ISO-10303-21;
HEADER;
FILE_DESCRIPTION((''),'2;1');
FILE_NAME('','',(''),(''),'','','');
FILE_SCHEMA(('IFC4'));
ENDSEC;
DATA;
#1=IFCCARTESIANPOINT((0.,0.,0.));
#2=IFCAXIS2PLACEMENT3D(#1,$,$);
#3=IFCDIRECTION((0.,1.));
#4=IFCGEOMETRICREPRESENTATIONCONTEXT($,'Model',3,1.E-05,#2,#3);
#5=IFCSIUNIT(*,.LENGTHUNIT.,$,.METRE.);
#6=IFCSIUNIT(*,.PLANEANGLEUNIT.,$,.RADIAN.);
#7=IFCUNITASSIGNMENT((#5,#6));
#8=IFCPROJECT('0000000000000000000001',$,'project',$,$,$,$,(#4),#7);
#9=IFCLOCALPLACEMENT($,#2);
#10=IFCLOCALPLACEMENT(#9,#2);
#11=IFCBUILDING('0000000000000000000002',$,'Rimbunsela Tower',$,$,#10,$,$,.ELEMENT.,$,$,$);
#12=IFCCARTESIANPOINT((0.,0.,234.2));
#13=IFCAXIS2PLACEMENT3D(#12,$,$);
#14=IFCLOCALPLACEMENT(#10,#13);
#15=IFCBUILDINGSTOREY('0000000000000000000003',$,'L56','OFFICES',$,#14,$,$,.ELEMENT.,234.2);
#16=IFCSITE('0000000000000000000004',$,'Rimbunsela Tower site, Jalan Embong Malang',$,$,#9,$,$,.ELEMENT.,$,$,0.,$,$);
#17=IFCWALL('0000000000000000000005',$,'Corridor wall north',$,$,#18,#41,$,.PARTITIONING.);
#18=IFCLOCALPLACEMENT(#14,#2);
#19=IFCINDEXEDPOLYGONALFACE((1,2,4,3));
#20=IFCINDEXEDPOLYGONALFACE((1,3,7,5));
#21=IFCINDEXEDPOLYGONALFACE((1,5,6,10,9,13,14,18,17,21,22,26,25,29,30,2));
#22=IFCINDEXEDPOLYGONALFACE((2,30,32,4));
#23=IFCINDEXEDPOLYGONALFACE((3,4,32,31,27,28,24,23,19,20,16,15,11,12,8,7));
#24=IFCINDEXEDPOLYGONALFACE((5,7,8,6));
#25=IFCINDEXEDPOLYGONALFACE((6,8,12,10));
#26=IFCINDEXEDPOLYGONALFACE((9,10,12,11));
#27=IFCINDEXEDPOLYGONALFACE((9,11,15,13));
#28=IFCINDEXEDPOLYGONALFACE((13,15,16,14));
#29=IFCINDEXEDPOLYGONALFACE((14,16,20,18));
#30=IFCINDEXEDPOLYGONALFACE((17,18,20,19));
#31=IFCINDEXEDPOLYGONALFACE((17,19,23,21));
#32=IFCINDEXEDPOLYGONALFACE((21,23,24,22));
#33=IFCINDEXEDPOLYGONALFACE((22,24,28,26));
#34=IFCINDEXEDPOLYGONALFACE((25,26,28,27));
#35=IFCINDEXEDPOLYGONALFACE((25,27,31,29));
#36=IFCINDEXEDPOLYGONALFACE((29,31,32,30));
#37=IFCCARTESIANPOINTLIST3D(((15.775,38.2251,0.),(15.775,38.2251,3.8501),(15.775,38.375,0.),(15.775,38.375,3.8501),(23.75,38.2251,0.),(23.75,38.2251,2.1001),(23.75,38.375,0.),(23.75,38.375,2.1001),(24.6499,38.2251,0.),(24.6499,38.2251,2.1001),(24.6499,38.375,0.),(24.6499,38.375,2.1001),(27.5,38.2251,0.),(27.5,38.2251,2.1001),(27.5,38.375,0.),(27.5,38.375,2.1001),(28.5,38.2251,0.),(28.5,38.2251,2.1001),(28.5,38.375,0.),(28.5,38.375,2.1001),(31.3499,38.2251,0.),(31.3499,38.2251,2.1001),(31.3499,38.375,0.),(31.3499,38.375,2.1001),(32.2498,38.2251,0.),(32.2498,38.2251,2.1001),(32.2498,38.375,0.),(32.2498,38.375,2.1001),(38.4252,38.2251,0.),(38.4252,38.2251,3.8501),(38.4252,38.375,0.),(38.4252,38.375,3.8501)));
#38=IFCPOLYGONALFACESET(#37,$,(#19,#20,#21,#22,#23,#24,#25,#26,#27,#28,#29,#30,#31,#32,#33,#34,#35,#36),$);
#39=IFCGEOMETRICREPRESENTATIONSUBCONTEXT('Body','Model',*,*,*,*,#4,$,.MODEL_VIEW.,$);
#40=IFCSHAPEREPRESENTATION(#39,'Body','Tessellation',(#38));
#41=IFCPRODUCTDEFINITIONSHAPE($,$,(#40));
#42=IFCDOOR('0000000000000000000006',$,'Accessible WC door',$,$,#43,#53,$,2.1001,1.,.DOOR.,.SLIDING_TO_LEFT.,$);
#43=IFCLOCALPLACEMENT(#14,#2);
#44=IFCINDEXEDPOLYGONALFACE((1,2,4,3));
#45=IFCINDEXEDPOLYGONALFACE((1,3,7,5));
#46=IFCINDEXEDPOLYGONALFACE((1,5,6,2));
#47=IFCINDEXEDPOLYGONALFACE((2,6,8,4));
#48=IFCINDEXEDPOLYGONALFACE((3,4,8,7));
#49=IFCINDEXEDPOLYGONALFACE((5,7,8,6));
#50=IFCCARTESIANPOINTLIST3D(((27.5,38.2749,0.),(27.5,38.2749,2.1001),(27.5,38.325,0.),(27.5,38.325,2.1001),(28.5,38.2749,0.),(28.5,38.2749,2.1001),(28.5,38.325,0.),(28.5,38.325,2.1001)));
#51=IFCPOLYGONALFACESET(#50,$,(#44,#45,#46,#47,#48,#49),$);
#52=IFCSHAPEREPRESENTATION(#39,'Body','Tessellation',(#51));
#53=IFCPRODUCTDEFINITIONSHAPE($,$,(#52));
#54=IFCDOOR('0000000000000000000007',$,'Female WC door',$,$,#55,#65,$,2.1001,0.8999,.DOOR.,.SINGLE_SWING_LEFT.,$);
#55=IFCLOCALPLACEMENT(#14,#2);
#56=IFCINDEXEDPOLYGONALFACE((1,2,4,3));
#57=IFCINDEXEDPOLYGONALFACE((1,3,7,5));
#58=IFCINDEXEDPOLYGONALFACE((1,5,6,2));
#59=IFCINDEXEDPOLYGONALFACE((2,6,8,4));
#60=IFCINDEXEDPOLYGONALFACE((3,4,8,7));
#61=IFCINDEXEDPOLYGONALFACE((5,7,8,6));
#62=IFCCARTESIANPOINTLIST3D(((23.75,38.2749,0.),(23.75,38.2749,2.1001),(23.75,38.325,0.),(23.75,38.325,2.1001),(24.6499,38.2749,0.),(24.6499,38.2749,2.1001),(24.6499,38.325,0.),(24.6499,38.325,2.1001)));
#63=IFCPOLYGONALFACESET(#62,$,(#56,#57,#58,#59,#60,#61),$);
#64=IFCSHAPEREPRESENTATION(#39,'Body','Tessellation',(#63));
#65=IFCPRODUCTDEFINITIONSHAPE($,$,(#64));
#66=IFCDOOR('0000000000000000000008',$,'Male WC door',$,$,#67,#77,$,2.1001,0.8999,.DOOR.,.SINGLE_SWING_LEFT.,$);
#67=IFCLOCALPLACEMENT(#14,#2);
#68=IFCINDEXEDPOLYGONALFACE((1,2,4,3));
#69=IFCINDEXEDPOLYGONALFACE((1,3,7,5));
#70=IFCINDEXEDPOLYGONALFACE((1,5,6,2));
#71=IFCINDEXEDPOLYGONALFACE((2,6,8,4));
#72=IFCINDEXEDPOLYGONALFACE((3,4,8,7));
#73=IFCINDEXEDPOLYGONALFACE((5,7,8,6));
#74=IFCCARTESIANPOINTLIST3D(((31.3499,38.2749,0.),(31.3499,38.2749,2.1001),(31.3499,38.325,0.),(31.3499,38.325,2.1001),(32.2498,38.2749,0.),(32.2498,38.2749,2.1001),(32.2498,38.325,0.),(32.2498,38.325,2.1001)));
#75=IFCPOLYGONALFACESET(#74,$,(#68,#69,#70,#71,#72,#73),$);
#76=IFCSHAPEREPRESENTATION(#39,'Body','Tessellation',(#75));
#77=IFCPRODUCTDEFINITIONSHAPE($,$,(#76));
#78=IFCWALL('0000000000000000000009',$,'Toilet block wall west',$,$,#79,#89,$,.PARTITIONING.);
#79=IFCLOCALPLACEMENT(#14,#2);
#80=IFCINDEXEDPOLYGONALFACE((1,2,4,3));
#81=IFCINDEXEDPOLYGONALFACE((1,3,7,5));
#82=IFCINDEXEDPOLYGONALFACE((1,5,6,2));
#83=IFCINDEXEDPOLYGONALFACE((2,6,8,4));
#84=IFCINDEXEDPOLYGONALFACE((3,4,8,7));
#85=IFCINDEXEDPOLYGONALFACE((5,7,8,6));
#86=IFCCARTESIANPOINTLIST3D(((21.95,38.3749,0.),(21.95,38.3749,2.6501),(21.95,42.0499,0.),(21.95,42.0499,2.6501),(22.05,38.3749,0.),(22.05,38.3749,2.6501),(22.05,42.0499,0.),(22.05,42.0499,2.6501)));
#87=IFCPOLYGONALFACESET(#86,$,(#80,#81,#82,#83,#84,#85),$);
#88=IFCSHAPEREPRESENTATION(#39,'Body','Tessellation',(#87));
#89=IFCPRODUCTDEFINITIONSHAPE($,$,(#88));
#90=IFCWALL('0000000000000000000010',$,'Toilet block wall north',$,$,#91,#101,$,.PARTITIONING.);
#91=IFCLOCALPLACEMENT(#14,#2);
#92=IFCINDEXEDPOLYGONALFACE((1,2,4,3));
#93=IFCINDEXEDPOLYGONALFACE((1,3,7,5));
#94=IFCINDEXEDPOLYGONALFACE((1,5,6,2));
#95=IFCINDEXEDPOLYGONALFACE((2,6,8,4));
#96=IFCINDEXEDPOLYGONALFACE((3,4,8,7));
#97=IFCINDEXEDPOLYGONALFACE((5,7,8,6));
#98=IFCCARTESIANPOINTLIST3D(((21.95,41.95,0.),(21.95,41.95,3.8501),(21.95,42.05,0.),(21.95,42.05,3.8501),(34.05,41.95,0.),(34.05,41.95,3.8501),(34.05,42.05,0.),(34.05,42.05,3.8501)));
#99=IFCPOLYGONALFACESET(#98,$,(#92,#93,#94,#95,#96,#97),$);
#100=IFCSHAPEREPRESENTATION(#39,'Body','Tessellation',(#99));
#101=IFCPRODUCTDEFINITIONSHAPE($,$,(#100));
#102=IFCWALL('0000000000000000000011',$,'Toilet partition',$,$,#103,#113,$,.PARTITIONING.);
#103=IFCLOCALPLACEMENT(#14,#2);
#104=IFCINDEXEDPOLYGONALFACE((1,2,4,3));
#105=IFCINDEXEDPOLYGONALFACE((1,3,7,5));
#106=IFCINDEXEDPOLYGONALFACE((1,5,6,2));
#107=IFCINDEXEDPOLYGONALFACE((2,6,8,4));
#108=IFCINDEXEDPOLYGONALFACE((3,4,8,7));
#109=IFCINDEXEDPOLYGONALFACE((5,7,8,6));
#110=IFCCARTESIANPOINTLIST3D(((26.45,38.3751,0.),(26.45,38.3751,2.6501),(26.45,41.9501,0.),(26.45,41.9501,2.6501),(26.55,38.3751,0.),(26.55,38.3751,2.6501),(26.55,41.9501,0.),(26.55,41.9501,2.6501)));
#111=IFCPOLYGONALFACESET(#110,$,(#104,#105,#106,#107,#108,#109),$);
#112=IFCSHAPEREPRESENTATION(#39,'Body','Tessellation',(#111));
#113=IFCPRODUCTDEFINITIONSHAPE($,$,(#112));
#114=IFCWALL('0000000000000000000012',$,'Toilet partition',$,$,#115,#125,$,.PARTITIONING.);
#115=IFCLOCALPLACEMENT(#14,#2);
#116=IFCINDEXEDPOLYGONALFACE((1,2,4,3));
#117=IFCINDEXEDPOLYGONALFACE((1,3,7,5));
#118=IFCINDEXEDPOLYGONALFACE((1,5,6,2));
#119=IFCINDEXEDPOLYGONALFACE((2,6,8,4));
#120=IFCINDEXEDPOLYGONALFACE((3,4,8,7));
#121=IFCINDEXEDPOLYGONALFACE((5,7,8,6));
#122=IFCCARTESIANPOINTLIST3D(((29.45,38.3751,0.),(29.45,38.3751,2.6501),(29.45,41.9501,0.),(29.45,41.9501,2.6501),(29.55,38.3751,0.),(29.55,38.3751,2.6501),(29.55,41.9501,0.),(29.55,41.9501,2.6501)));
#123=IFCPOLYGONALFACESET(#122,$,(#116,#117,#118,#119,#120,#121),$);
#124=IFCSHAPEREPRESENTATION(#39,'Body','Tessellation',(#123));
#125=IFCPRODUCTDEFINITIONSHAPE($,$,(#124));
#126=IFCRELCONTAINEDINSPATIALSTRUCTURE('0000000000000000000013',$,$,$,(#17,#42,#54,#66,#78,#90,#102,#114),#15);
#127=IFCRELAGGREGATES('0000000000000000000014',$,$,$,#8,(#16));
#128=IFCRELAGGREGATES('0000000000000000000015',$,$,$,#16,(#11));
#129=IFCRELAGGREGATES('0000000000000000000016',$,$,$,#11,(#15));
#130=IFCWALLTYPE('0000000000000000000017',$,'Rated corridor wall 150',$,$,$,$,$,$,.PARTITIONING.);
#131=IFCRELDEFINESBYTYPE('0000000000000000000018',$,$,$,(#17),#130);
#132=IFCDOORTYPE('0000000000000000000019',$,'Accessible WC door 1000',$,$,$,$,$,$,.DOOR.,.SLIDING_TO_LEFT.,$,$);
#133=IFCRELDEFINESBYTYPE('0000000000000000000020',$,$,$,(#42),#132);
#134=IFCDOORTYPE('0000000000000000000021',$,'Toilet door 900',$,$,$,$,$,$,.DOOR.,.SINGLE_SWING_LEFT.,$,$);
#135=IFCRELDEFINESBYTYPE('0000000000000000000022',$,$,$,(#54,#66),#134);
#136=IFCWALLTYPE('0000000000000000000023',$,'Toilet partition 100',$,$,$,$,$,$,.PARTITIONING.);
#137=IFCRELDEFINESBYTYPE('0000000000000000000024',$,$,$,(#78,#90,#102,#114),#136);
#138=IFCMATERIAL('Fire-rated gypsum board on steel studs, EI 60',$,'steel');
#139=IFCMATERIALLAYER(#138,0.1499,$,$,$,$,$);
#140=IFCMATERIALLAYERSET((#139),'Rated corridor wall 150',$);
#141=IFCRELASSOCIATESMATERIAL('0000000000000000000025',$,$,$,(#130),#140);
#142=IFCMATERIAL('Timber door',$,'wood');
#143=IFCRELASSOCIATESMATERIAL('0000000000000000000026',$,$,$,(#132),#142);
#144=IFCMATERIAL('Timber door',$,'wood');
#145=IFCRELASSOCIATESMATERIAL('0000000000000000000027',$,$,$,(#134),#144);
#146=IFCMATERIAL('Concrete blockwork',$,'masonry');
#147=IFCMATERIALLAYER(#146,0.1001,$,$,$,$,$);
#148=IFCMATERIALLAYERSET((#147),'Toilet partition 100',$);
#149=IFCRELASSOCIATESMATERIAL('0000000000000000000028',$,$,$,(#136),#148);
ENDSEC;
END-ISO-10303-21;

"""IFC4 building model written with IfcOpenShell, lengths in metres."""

from ifc_helpers import new_model, si_unit, direction, frame, frame_2d, origin, place, context, subcontext, project, spatial, rectangle, extrude, material, layer, layer_set, type_object, element, fill, save


model = new_model("IFC4")

# Units and contexts
model_context = context("Model", 3, precision=1e-05, world=origin(), true_north=direction((0.0, 1.0)))
body_context = subcontext(model_context, "Body", "Model", "MODEL_VIEW")
ifc_project = project(units=[si_unit("LENGTHUNIT", "METRE"), si_unit("PLANEANGLEUNIT", "RADIAN")], contexts=[model_context])

# Site, building, storey
site_placement = place(None, origin())
site = spatial("IfcSite", under=ifc_project, at=site_placement, Name="Rimbunsela Tower site, Jalan Embong Malang", CompositionType="ELEMENT", RefElevation=0.0)
building_placement = place(site_placement, origin())
building = spatial("IfcBuilding", under=site, at=building_placement, Name="Rimbunsela Tower", CompositionType="ELEMENT")
storey_placement = place(building_placement, frame((0.0, 0.0, 234.2)))
storey = spatial("IfcBuildingStorey", under=building, at=storey_placement, Name="L56", Description="OFFICES", CompositionType="ELEMENT", Elevation=234.2)

# Wall, openings, doors
ifc_material_1 = material(Name="Fire-rated gypsum board on steel studs, EI 60", Category="steel")
ifc_layer_1 = layer(ifc_material_1, 0.1499)
ifc_layer_set_1 = layer_set([ifc_layer_1], Name="Rated corridor wall 150")
wall_type_1 = type_object("IfcWallType", Name="Rated corridor wall 150", PredefinedType="PARTITIONING", material=ifc_layer_set_1)
wall_1_placement = place(storey_placement, frame((15.7749, 38.3, 0.0), z_axis=(0.0, 0.0, 1.0), x_axis=(1.0, 0.0, 0.0)))
wall_1 = element("IfcWall", 1, at=wall_1_placement, inside=storey, type_object=wall_type_1, Name="Corridor wall north", PredefinedType="PARTITIONING", context=body_context, shape_type="SweptSolid", body=[
    extrude(rectangle(XDim=22.6501, YDim=0.1499, at=frame_2d((11.3252, 0.0))), origin(), (0.0, 0.0, 1.0), 3.8501),
])
opening_1_placement = place(wall_1_placement, frame((7.9751, 0.0, 0.0)))
opening_1 = element("IfcOpeningElement", 2, at=opening_1_placement, cuts=wall_1, PredefinedType="OPENING", context=body_context, shape_type="SweptSolid", body=[
    extrude(rectangle(XDim=0.8999, YDim=2.1001, at=frame_2d((0.45, 1.05))), frame((0.0, 0.085, 0.0), z_axis=(0.0, -1.0, 0.0), x_axis=(1.0, 0.0, 0.0)), (0.0, 0.0, 1.0), 0.1699),
])
opening_2_placement = place(wall_1_placement, frame((11.7251, 0.0, 0.0)))
opening_2 = element("IfcOpeningElement", 3, at=opening_2_placement, cuts=wall_1, PredefinedType="OPENING", context=body_context, shape_type="SweptSolid", body=[
    extrude(rectangle(XDim=1.0, YDim=2.1001, at=frame_2d((0.5, 1.05))), frame((0.0, 0.085, 0.0), z_axis=(0.0, -1.0, 0.0), x_axis=(1.0, 0.0, 0.0)), (0.0, 0.0, 1.0), 0.1699),
])
opening_3_placement = place(wall_1_placement, frame((15.575, 0.0, 0.0)))
opening_3 = element("IfcOpeningElement", 4, at=opening_3_placement, cuts=wall_1, PredefinedType="OPENING", context=body_context, shape_type="SweptSolid", body=[
    extrude(rectangle(XDim=0.8999, YDim=2.1001, at=frame_2d((0.45, 1.05))), frame((0.0, 0.085, 0.0), z_axis=(0.0, -1.0, 0.0), x_axis=(1.0, 0.0, 0.0)), (0.0, 0.0, 1.0), 0.1699),
])
ifc_material_2 = material(Name="Timber door", Category="wood")
door_type_1 = type_object("IfcDoorType", Name="Accessible WC door 1000", OperationType="SLIDING_TO_LEFT", PredefinedType="DOOR", material=ifc_material_2)
door_1_placement = place(opening_2_placement, origin())
door_1 = element("IfcDoor", 5, at=door_1_placement, inside=storey, type_object=door_type_1, Name="Accessible WC door", OperationType="SLIDING_TO_LEFT", OverallHeight=2.1001, OverallWidth=1.0, PredefinedType="DOOR", context=body_context, shape_type="SweptSolid", body=[
    extrude(rectangle(XDim=1.0, YDim=2.1001, at=frame_2d((0.5, 1.05))), frame((0.0, 0.0249, 0.0), z_axis=(0.0, -1.0, 0.0), x_axis=(1.0, 0.0, 0.0)), (0.0, 0.0, 1.0), 0.05),
])
fill(opening_2, door_1)
ifc_material_3 = material(Name="Timber door", Category="wood")
door_type_2 = type_object("IfcDoorType", Name="Toilet door 900", OperationType="SINGLE_SWING_LEFT", PredefinedType="DOOR", material=ifc_material_3)
door_2_placement = place(opening_1_placement, origin())
door_2 = element("IfcDoor", 6, at=door_2_placement, inside=storey, type_object=door_type_2, Name="Female WC door", OperationType="SINGLE_SWING_LEFT", OverallHeight=2.1001, OverallWidth=0.8999, PredefinedType="DOOR", context=body_context, shape_type="SweptSolid", body=[
    extrude(rectangle(XDim=0.8999, YDim=2.1001, at=frame_2d((0.45, 1.05))), frame((0.0, 0.0249, 0.0), z_axis=(0.0, -1.0, 0.0), x_axis=(1.0, 0.0, 0.0)), (0.0, 0.0, 1.0), 0.05),
])
fill(opening_1, door_2)
door_3_placement = place(opening_3_placement, origin())
door_3 = element("IfcDoor", 7, at=door_3_placement, inside=storey, type_object=door_type_2, Name="Male WC door", OperationType="SINGLE_SWING_LEFT", OverallHeight=2.1001, OverallWidth=0.8999, PredefinedType="DOOR", context=body_context, shape_type="SweptSolid", body=[
    extrude(rectangle(XDim=0.8999, YDim=2.1001, at=frame_2d((0.45, 1.05))), frame((0.0, 0.0249, 0.0), z_axis=(0.0, -1.0, 0.0), x_axis=(1.0, 0.0, 0.0)), (0.0, 0.0, 1.0), 0.05),
])
fill(opening_3, door_3)

# Walls
ifc_material_4 = material(Name="Concrete blockwork", Category="masonry")
ifc_layer_2 = layer(ifc_material_4, 0.1001)
ifc_layer_set_2 = layer_set([ifc_layer_2], Name="Toilet partition 100")
wall_type_2 = type_object("IfcWallType", Name="Toilet partition 100", PredefinedType="PARTITIONING", material=ifc_layer_set_2)
wall_2_placement = place(storey_placement, frame((22.0, 38.375, 0.0), z_axis=(0.0, 0.0, 1.0), x_axis=(0.0, 1.0, 0.0)))
element("IfcWall", 8, at=wall_2_placement, inside=storey, type_object=wall_type_2, Name="Toilet block wall west", PredefinedType="PARTITIONING", context=body_context, shape_type="SweptSolid", body=[
    extrude(rectangle(XDim=3.675, YDim=0.1001, at=frame_2d((1.8374, 0.0))), origin(), (0.0, 0.0, 1.0), 2.6501),
])
wall_3_placement = place(storey_placement, frame((21.95, 42.0, 0.0), z_axis=(0.0, 0.0, 1.0), x_axis=(1.0, 0.0, 0.0)))
element("IfcWall", 9, at=wall_3_placement, inside=storey, type_object=wall_type_2, Name="Toilet block wall north", PredefinedType="PARTITIONING", context=body_context, shape_type="SweptSolid", body=[
    extrude(rectangle(XDim=12.1001, YDim=0.1001, at=frame_2d((6.05, 0.0))), origin(), (0.0, 0.0, 1.0), 3.8501),
])
for number, where, z_axis, x_axis, name in (
    (10, (26.5, 38.375, 0.0), (0.0, 0.0, 1.0), (0.0, 1.0, 0.0), "Toilet partition"),
    (11, (29.5, 38.375, 0.0), (0.0, 0.0, 1.0), (0.0, 1.0, 0.0), "Toilet partition"),
):
    element("IfcWall", number, at=place(storey_placement, frame(where, z_axis=z_axis, x_axis=x_axis)), inside=storey, type_object=wall_type_2, Name=name, PredefinedType="PARTITIONING", context=body_context, shape_type="SweptSolid", body=[
        extrude(rectangle(XDim=3.575, YDim=0.1001, at=frame_2d((1.7876, 0.0))), origin(), (0.0, 0.0, 1.0), 2.6501),
    ])

save(model, "model.ifc")
